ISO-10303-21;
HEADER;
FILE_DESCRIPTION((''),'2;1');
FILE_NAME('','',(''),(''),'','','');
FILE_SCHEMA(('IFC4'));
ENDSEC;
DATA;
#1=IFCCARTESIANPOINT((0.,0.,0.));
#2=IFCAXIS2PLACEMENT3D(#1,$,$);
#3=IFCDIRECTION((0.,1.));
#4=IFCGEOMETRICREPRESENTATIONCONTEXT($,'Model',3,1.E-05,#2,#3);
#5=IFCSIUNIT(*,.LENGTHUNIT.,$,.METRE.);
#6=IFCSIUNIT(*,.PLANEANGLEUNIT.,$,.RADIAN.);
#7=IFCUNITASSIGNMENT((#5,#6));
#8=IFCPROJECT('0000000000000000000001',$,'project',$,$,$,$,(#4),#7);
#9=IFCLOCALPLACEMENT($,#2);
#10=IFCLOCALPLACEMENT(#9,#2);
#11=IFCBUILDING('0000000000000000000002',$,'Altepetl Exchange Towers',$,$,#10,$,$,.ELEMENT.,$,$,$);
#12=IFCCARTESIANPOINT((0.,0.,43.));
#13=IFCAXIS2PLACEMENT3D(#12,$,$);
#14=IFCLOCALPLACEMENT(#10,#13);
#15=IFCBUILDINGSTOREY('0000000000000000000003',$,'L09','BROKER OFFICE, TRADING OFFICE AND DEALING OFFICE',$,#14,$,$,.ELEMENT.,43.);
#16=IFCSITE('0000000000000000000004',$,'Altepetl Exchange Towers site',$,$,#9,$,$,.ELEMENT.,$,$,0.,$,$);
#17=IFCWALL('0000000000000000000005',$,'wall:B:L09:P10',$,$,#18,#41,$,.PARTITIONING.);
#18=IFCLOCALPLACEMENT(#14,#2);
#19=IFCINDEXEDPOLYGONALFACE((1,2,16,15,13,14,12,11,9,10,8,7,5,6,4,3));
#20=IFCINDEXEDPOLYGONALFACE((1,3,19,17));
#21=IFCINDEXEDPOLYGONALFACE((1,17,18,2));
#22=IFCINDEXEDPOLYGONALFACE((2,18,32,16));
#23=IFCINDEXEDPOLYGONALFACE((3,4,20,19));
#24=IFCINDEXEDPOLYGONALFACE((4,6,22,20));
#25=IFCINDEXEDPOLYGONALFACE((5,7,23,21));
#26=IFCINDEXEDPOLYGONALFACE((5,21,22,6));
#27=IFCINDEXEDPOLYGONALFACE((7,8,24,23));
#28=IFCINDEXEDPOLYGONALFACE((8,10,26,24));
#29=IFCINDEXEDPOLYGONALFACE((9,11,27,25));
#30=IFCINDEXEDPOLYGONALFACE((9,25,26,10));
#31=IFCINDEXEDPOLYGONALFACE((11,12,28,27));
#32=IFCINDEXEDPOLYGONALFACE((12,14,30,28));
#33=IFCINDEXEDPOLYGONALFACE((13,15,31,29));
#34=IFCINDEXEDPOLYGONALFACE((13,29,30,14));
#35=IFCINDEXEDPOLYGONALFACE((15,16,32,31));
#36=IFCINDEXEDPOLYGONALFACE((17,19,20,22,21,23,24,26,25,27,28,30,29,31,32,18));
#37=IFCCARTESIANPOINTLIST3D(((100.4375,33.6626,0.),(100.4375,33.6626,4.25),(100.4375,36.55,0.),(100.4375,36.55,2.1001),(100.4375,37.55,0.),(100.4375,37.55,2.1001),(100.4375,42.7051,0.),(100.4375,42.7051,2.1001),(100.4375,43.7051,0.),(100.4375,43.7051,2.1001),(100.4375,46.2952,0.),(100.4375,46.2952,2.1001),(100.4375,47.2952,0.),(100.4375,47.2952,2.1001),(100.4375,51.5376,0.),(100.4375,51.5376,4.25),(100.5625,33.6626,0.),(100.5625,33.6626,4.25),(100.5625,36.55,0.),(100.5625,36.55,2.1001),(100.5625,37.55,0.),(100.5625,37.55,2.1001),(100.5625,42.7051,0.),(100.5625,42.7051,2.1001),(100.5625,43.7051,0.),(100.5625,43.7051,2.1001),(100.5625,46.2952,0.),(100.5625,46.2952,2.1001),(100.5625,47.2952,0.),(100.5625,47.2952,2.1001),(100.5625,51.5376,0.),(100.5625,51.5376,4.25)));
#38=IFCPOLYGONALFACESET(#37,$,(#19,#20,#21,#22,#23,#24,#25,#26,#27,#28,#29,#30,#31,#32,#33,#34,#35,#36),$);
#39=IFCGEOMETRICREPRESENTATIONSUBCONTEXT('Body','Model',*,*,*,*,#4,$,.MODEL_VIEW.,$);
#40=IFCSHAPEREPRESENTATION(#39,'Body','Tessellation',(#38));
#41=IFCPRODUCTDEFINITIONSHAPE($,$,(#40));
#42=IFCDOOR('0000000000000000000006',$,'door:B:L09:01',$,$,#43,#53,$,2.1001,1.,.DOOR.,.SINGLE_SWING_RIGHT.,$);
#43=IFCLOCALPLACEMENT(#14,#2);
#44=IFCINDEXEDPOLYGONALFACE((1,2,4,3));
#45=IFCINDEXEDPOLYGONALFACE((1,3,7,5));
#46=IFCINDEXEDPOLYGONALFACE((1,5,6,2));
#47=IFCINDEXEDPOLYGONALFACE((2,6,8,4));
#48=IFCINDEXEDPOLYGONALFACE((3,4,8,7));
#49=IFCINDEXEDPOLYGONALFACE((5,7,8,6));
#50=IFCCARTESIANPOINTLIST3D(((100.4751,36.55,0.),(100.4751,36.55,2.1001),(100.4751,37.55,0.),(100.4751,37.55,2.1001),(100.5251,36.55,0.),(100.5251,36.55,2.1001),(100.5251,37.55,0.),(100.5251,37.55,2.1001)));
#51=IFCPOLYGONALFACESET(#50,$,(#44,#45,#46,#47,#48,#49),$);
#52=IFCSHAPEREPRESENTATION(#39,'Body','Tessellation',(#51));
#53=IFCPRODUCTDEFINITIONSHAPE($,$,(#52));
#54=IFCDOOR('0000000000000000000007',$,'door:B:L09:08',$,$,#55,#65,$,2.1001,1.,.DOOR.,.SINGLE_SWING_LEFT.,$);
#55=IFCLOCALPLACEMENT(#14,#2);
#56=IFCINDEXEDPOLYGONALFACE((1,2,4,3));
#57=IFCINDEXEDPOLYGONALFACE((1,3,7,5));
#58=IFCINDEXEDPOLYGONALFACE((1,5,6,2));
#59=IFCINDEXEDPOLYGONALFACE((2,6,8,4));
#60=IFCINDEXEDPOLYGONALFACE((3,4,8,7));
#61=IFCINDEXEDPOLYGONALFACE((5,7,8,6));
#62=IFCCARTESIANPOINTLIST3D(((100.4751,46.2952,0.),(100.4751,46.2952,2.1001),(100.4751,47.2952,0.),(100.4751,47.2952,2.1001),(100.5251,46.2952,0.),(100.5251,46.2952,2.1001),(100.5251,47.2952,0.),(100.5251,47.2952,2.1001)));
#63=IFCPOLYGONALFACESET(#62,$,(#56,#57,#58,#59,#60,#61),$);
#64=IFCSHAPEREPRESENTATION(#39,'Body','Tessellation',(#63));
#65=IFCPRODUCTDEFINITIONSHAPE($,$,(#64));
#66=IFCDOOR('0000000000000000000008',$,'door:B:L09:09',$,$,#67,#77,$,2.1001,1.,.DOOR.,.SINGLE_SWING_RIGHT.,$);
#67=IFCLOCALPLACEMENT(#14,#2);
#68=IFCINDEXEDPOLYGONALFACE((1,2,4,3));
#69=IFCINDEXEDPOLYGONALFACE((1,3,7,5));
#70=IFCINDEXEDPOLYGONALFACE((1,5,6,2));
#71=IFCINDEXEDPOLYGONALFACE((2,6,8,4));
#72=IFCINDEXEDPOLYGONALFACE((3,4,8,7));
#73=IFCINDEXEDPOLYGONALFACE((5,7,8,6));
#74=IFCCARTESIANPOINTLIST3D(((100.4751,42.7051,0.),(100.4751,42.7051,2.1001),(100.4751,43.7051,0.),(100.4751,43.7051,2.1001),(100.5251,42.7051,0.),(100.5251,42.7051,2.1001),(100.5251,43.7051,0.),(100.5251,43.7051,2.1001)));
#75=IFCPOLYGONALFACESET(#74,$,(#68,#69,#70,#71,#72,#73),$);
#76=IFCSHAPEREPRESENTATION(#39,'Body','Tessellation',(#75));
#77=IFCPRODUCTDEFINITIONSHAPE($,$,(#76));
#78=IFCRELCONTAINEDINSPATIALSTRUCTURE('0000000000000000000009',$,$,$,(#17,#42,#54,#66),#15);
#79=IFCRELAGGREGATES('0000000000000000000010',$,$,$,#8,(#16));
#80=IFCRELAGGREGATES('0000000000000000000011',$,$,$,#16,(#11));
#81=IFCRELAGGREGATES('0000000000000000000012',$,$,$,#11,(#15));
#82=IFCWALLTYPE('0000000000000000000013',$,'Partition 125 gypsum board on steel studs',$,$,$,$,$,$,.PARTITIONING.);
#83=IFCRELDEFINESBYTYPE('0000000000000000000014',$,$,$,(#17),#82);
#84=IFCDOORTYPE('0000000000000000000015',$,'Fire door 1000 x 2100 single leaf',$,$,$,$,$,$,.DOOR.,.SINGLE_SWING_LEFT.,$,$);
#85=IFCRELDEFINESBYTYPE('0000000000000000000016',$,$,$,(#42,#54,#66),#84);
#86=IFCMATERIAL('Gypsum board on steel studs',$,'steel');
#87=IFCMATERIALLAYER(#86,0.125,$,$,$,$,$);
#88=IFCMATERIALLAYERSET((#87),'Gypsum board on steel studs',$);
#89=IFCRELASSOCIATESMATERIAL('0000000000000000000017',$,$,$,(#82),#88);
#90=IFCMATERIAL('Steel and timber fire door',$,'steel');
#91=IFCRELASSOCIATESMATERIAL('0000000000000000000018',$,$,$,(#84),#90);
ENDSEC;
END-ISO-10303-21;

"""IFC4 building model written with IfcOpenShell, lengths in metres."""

from ifc_helpers import new_model, si_unit, direction, frame, frame_2d, origin, place, context, subcontext, project, spatial, rectangle, extrude, material, layer, layer_set, type_object, element, fill, save


model = new_model("IFC4")

# Units and contexts
model_context = context("Model", 3, precision=1e-05, world=origin(), true_north=direction((0.0, 1.0)))
body_context = subcontext(model_context, "Body", "Model", "MODEL_VIEW")
ifc_project = project(units=[si_unit("LENGTHUNIT", "METRE"), si_unit("PLANEANGLEUNIT", "RADIAN")], contexts=[model_context])

# Site, building, storey
site_placement = place(None, origin())
site = spatial("IfcSite", under=ifc_project, at=site_placement, Name="Altepetl Exchange Towers site", CompositionType="ELEMENT", RefElevation=0.0)
building_placement = place(site_placement, origin())
building = spatial("IfcBuilding", under=site, at=building_placement, Name="Altepetl Exchange Towers", CompositionType="ELEMENT")
storey_placement = place(building_placement, frame((0.0, 0.0, 43.0)))
storey = spatial("IfcBuildingStorey", under=building, at=storey_placement, Name="L09", Description="BROKER OFFICE, TRADING OFFICE AND DEALING OFFICE", CompositionType="ELEMENT", Elevation=43.0)

# Shared definitions
ifc_material_1 = material(Name="Steel and timber fire door", Category="steel")
ifc_material_2 = material(Name="Gypsum board on steel studs", Category="steel")
ifc_layer_1 = layer(ifc_material_2, 0.125)
ifc_layer_set_1 = layer_set([ifc_layer_1], Name="Gypsum board on steel studs")
wall_type_1 = type_object("IfcWallType", Name="Partition 125 gypsum board on steel studs", PredefinedType="PARTITIONING", material=ifc_layer_set_1)
door_type_1 = type_object("IfcDoorType", Name="Fire door 1000 x 2100 single leaf", OperationType="SINGLE_SWING_LEFT", PredefinedType="DOOR", material=ifc_material_1)

# Wall, openings, doors
wall_1_placement = place(storey_placement, frame((100.5, 33.6626, 0.0), z_axis=(0.0, 0.0, 1.0), x_axis=(0.0, 1.0, 0.0)))
wall_1 = element("IfcWall", 1, at=wall_1_placement, inside=storey, type_object=wall_type_1, Name="wall:B:L09:P10", PredefinedType="PARTITIONING", context=body_context, shape_type="SweptSolid", body=[
    extrude(rectangle(XDim=17.875, YDim=0.125, at=frame_2d((8.9375, 0.0))), origin(), (0.0, 0.0, 1.0), 4.25),
])
opening_1_placement = place(wall_1_placement, frame((2.8875, 0.0, 0.0)))
opening_1 = element("IfcOpeningElement", 2, at=opening_1_placement, cuts=wall_1, PredefinedType="OPENING", context=body_context, shape_type="SweptSolid", body=[
    extrude(rectangle(XDim=1.0, YDim=2.1001, at=frame_2d((0.5, 1.05))), frame((0.0, 0.0725, 0.0), z_axis=(0.0, -1.0, 0.0), x_axis=(1.0, 0.0, 0.0)), (0.0, 0.0, 1.0), 0.145),
])
opening_2_placement = place(wall_1_placement, frame((12.6326, 0.0, 0.0)))
opening_2 = element("IfcOpeningElement", 3, at=opening_2_placement, cuts=wall_1, PredefinedType="OPENING", context=body_context, shape_type="SweptSolid", body=[
    extrude(rectangle(XDim=1.0, YDim=2.1001, at=frame_2d((0.5, 1.05))), frame((0.0, 0.0725, 0.0), z_axis=(0.0, -1.0, 0.0), x_axis=(1.0, 0.0, 0.0)), (0.0, 0.0, 1.0), 0.145),
])
opening_3_placement = place(wall_1_placement, frame((9.0425, 0.0, 0.0)))
opening_3 = element("IfcOpeningElement", 4, at=opening_3_placement, cuts=wall_1, PredefinedType="OPENING", context=body_context, shape_type="SweptSolid", body=[
    extrude(rectangle(XDim=1.0, YDim=2.1001, at=frame_2d((0.5, 1.05))), frame((0.0, 0.0725, 0.0), z_axis=(0.0, -1.0, 0.0), x_axis=(1.0, 0.0, 0.0)), (0.0, 0.0, 1.0), 0.145),
])
door_1_placement = place(opening_1_placement, origin())
door_1 = element("IfcDoor", 5, at=door_1_placement, inside=storey, type_object=door_type_1, Name="door:B:L09:01", OperationType="SINGLE_SWING_RIGHT", OverallHeight=2.1001, OverallWidth=1.0, PredefinedType="DOOR", context=body_context, shape_type="SweptSolid", body=[
    extrude(rectangle(XDim=1.0, YDim=2.1001, at=frame_2d((0.5, 1.05))), frame((0.0, 0.0249, 0.0), z_axis=(0.0, -1.0, 0.0), x_axis=(1.0, 0.0, 0.0)), (0.0, 0.0, 1.0), 0.05),
])
fill(opening_1, door_1)
door_2_placement = place(opening_2_placement, origin())
door_2 = element("IfcDoor", 6, at=door_2_placement, inside=storey, type_object=door_type_1, Name="door:B:L09:08", OperationType="SINGLE_SWING_LEFT", OverallHeight=2.1001, OverallWidth=1.0, PredefinedType="DOOR", context=body_context, shape_type="SweptSolid", body=[
    extrude(rectangle(XDim=1.0, YDim=2.1001, at=frame_2d((0.5, 1.05))), frame((0.0, 0.0249, 0.0), z_axis=(0.0, -1.0, 0.0), x_axis=(1.0, 0.0, 0.0)), (0.0, 0.0, 1.0), 0.05),
])
fill(opening_2, door_2)
door_3_placement = place(opening_3_placement, origin())
door_3 = element("IfcDoor", 7, at=door_3_placement, inside=storey, type_object=door_type_1, Name="door:B:L09:09", OperationType="SINGLE_SWING_RIGHT", OverallHeight=2.1001, OverallWidth=1.0, PredefinedType="DOOR", context=body_context, shape_type="SweptSolid", body=[
    extrude(rectangle(XDim=1.0, YDim=2.1001, at=frame_2d((0.5, 1.05))), frame((0.0, 0.0249, 0.0), z_axis=(0.0, -1.0, 0.0), x_axis=(1.0, 0.0, 0.0)), (0.0, 0.0, 1.0), 0.05),
])
fill(opening_3, door_3)

save(model, "model.ifc")
